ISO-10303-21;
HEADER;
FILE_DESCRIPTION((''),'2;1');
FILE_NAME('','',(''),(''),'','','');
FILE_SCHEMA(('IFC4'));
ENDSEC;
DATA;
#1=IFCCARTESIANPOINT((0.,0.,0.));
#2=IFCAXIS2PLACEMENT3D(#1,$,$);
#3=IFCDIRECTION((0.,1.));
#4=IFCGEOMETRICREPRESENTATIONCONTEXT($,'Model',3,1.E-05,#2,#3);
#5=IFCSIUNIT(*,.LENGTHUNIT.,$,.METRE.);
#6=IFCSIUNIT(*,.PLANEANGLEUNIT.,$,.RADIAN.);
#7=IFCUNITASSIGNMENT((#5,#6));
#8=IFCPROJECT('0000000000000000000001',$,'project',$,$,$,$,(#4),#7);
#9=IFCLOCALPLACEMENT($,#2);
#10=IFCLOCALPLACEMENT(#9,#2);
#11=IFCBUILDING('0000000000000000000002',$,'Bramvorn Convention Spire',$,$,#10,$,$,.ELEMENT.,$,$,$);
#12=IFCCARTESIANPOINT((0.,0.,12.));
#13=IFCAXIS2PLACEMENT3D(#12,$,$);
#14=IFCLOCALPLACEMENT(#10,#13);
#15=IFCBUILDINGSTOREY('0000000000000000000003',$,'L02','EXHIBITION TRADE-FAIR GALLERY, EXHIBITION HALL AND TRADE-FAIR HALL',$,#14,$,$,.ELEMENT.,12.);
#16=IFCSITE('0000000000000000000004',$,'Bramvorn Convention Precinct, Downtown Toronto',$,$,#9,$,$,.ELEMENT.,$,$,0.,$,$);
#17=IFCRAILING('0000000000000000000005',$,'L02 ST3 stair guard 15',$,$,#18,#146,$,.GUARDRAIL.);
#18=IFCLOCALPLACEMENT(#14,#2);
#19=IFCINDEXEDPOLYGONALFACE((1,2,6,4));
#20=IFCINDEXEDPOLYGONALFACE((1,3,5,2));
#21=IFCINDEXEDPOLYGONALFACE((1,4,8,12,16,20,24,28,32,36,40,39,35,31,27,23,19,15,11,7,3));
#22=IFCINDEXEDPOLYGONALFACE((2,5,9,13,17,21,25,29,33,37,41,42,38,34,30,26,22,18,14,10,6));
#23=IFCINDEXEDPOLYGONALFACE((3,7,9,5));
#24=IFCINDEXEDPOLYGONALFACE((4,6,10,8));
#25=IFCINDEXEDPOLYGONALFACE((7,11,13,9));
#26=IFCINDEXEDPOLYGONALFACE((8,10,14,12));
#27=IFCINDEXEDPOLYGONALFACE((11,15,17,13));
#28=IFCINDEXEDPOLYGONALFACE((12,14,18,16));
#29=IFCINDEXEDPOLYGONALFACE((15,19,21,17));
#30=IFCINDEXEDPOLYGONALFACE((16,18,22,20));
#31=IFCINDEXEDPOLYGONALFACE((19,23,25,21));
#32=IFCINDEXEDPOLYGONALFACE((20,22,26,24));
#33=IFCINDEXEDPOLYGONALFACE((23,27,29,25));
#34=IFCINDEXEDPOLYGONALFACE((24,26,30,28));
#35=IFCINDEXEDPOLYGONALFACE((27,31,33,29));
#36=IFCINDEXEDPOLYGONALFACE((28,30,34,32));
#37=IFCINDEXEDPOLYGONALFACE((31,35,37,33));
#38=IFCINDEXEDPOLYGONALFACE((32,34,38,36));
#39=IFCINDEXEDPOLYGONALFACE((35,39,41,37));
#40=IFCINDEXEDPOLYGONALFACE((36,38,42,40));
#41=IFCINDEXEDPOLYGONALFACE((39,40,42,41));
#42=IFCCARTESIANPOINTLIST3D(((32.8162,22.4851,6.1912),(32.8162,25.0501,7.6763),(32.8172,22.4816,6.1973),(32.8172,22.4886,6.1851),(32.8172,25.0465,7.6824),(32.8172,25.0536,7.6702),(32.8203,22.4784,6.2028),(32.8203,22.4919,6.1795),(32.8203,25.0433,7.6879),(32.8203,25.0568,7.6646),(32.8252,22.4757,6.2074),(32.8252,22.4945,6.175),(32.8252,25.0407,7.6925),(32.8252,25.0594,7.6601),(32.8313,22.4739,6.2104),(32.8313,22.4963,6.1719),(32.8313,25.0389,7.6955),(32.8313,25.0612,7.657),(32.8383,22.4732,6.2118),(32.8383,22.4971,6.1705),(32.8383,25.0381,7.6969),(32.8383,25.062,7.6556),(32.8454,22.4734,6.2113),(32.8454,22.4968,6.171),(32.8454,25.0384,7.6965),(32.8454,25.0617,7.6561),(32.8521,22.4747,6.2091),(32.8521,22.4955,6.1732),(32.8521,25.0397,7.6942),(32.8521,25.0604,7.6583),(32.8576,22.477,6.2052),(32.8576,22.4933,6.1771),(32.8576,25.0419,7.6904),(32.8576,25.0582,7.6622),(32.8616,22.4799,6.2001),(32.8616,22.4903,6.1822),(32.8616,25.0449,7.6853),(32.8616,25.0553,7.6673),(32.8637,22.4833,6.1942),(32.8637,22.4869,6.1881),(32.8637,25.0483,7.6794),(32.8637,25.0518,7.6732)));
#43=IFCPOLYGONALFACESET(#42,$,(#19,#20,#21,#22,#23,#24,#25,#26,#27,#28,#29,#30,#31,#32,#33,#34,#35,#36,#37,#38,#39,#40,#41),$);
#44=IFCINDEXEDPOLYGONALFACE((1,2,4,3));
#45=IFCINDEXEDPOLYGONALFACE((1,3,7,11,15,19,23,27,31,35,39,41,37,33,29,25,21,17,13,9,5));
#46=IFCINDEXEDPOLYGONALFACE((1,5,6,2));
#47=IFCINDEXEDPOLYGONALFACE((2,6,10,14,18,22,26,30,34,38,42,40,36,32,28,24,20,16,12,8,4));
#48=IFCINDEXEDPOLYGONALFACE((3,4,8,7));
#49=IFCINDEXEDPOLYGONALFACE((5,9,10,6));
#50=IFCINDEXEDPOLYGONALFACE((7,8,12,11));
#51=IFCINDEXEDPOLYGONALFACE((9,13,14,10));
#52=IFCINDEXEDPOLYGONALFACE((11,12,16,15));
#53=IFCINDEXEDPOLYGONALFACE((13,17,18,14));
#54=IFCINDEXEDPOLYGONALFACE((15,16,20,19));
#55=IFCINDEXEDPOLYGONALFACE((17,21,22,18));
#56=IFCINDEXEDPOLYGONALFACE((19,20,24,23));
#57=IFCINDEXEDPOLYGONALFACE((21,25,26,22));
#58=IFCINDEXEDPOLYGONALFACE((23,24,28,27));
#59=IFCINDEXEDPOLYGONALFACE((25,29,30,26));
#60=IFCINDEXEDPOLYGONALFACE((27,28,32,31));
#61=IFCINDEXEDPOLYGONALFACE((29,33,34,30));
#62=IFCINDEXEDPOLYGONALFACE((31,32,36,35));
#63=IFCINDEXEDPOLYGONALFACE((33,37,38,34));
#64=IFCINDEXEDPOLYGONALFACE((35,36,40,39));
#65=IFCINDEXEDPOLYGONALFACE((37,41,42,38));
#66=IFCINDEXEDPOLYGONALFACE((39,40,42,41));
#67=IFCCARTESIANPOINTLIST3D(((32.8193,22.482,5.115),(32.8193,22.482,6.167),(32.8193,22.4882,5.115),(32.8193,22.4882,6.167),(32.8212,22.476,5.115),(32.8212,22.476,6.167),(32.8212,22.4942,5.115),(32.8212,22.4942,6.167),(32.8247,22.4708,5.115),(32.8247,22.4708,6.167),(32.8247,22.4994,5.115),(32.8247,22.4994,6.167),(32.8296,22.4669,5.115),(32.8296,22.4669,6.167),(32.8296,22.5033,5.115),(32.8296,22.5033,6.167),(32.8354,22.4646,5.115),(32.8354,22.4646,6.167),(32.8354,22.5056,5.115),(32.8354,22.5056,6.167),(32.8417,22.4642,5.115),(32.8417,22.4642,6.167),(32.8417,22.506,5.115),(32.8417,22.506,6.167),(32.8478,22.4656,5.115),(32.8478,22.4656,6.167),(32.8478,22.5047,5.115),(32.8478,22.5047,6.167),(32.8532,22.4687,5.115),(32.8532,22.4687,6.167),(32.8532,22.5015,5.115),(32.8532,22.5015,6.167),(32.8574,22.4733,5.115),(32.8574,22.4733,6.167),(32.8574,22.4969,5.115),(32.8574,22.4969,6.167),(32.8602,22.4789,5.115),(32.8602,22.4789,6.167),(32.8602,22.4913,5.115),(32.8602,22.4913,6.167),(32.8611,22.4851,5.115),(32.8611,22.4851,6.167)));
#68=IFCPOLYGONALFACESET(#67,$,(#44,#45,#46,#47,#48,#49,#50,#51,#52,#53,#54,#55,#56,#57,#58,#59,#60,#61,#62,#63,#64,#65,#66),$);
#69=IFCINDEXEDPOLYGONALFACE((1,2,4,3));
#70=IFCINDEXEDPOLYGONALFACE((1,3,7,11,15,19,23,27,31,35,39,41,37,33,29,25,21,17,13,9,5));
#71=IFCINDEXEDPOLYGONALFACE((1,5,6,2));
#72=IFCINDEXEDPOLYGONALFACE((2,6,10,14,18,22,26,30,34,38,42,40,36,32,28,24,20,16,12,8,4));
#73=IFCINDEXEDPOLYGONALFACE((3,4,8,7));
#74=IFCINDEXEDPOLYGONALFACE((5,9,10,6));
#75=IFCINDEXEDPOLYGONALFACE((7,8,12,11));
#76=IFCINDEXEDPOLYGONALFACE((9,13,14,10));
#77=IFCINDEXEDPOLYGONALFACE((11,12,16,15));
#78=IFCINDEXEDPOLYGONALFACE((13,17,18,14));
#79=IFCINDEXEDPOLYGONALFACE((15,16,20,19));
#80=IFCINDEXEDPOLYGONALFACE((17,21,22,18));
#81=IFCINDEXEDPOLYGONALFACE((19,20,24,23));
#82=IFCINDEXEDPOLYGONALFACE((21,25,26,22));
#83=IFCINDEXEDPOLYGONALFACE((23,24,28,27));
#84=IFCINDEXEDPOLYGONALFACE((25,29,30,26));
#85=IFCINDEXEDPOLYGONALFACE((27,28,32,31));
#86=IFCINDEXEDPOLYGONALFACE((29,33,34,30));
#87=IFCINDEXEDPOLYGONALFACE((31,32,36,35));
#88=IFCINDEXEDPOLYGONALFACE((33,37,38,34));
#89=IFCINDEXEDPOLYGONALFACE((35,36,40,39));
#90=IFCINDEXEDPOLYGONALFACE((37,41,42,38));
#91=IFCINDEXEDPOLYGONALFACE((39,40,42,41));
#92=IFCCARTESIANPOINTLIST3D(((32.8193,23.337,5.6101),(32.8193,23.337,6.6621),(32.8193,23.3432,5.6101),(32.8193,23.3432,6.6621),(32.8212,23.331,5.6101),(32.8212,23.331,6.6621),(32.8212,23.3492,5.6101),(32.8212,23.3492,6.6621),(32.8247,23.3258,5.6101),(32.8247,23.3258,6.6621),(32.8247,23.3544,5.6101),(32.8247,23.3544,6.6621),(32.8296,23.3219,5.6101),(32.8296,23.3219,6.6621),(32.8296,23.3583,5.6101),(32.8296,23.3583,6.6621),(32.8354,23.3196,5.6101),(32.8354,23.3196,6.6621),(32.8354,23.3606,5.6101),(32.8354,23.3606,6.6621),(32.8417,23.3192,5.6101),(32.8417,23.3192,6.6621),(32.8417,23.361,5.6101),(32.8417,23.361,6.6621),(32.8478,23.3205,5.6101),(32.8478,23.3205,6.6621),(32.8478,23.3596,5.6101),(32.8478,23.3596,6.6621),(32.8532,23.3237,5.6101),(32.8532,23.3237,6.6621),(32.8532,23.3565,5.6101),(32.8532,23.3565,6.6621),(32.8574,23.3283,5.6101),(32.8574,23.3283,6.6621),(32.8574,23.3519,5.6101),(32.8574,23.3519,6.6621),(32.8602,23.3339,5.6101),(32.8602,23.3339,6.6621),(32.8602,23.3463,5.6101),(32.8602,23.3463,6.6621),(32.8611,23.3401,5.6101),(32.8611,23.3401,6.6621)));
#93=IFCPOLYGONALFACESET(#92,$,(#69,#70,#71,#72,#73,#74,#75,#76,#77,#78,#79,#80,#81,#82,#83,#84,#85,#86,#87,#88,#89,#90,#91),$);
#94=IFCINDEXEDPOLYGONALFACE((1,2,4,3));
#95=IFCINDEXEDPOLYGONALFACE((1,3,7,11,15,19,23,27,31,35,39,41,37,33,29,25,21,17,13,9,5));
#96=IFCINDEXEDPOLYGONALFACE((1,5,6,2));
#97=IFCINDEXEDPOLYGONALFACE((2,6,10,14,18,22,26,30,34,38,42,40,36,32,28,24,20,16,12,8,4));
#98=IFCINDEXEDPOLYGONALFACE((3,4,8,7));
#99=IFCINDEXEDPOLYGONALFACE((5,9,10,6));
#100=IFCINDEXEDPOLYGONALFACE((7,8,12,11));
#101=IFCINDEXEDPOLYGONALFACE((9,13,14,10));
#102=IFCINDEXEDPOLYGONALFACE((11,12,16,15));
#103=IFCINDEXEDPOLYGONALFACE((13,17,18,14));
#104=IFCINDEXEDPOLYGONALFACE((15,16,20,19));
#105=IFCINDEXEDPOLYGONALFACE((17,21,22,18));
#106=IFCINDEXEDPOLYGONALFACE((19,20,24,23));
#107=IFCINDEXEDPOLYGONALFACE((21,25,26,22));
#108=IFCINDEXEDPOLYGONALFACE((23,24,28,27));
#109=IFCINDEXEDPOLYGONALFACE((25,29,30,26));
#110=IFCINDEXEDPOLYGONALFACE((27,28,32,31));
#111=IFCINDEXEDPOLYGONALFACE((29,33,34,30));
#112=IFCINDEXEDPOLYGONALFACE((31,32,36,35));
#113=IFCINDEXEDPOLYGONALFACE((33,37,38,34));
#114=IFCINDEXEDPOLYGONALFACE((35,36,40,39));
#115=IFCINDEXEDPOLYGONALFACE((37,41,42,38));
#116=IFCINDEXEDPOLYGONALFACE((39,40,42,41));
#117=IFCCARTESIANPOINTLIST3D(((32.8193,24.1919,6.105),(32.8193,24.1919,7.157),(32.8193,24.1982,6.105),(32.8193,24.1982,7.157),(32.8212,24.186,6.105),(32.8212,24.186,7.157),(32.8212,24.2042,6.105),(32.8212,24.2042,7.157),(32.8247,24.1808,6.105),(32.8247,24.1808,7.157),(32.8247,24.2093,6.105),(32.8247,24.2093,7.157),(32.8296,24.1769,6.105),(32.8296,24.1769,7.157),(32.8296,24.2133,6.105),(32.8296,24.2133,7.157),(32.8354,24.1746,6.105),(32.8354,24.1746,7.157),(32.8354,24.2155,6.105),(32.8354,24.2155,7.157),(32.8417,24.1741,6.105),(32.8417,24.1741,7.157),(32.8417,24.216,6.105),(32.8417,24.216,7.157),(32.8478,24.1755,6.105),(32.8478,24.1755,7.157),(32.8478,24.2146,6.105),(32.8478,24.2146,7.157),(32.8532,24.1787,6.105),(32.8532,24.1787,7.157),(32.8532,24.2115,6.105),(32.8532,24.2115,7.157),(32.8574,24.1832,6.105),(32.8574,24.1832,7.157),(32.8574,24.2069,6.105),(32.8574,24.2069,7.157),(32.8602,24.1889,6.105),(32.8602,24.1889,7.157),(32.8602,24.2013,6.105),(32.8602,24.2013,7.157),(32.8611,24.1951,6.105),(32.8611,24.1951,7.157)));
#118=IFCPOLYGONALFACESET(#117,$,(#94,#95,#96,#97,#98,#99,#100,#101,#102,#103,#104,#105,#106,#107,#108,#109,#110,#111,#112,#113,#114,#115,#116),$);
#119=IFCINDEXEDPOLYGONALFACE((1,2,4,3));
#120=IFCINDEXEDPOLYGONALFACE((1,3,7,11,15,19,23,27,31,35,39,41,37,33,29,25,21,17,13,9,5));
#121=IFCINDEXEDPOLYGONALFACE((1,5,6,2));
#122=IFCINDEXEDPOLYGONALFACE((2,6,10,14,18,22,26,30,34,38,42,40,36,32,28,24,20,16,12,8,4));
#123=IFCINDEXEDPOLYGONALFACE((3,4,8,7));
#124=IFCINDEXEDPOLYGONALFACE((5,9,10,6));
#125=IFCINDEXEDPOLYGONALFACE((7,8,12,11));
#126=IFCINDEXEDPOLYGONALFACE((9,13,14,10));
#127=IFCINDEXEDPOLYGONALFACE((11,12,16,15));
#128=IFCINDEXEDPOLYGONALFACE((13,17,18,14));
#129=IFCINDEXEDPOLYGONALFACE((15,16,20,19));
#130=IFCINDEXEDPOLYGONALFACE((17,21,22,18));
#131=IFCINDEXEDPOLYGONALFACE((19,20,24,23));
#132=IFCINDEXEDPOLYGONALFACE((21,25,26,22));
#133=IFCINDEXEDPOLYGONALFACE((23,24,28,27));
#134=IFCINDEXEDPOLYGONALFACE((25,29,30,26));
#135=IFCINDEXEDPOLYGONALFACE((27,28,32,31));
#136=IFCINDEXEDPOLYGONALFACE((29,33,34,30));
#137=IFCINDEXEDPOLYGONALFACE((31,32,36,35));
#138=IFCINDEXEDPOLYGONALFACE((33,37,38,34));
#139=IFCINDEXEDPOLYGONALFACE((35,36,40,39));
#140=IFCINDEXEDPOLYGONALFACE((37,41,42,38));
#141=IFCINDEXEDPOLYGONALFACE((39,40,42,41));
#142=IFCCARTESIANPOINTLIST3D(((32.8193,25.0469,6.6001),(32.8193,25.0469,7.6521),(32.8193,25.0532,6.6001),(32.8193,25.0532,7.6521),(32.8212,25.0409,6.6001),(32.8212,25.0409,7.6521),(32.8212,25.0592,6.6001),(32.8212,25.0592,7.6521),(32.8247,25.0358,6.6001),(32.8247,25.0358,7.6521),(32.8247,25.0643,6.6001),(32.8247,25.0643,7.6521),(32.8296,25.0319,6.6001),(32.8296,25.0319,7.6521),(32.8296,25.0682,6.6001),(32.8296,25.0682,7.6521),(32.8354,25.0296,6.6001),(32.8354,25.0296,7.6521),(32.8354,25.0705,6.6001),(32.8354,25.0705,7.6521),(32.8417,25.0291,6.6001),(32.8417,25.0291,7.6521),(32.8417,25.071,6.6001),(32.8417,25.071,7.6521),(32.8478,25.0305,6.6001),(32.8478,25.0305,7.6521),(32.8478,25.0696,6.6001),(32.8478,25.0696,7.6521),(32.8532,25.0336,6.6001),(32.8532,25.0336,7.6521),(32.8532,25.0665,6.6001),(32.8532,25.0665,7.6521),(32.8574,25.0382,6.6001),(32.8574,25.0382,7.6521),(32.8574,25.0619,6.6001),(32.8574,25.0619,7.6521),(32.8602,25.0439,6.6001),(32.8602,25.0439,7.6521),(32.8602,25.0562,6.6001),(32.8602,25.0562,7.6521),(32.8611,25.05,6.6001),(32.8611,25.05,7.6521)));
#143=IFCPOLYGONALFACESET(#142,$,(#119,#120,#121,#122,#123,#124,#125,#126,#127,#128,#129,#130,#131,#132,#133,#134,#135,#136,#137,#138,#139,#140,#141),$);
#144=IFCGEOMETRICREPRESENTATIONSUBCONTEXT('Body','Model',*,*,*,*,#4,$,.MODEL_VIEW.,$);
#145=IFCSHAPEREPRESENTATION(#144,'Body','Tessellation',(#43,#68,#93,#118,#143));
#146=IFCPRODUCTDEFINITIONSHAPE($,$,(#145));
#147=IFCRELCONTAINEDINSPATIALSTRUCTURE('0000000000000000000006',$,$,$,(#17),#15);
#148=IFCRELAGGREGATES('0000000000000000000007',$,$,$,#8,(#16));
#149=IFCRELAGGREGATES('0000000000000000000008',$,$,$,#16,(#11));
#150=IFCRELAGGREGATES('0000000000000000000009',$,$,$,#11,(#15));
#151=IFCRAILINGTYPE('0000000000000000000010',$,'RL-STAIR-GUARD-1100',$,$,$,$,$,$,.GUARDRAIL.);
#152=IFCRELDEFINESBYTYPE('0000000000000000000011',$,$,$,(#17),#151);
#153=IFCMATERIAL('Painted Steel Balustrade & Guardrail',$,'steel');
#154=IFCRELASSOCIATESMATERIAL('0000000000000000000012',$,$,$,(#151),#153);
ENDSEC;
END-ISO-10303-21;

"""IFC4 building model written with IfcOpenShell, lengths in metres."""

from ifc_helpers import new_model, si_unit, direction, frame, origin, origin_2d, place, context, subcontext, project, spatial, circle, extrude, material, type_object, element, save


model = new_model("IFC4")

# Units and contexts
model_context = context("Model", 3, precision=1e-05, world=origin(), true_north=direction((0.0, 1.0)))
body_context = subcontext(model_context, "Body", "Model", "MODEL_VIEW")
ifc_project = project(units=[si_unit("LENGTHUNIT", "METRE"), si_unit("PLANEANGLEUNIT", "RADIAN")], contexts=[model_context])

# Site, building, storey
site_placement = place(None, origin())
site = spatial("IfcSite", under=ifc_project, at=site_placement, Name="Bramvorn Convention Precinct, Downtown Toronto", CompositionType="ELEMENT", RefElevation=0.0)
building_placement = place(site_placement, origin())
building = spatial("IfcBuilding", under=site, at=building_placement, Name="Bramvorn Convention Spire", CompositionType="ELEMENT")
storey_placement = place(building_placement, frame((0.0, 0.0, 12.0)))
storey = spatial("IfcBuildingStorey", under=building, at=storey_placement, Name="L02", Description="EXHIBITION TRADE-FAIR GALLERY, EXHIBITION HALL AND TRADE-FAIR HALL", CompositionType="ELEMENT", Elevation=12.0)

# Railing
ifc_material_1 = material(Name="Painted Steel Balustrade & Guardrail", Category="steel")
railing_type_1 = type_object("IfcRailingType", Name="RL-STAIR-GUARD-1100", PredefinedType="GUARDRAIL", material=ifc_material_1)
railing_1_placement = place(storey_placement, frame((32.8401, 22.4851, 5.115)))
element("IfcRailing", 1, at=railing_1_placement, inside=storey, type_object=railing_type_1, Name="L02 ST3 stair guard 15", PredefinedType="GUARDRAIL", context=body_context, shape_type="SweptSolid", body=[
    extrude(circle(Radius=0.0239, at=origin_2d()), frame((0.0, 0.0, 1.0762), z_axis=(0.0, 0.865406, 0.501072), x_axis=(-1.0, 0.0, 0.0)), (0.0, 0.0, 1.0), 2.9639),
    extrude(circle(Radius=0.021, at=origin_2d()), origin(), (0.0, 0.0, 1.0), 1.052),
    extrude(circle(Radius=0.021, at=origin_2d()), frame((0.0, 0.855, 0.4951)), (0.0, 0.0, 1.0), 1.052),
    extrude(circle(Radius=0.021, at=origin_2d()), frame((0.0, 1.71, 0.99)), (0.0, 0.0, 1.0), 1.052),
    extrude(circle(Radius=0.021, at=origin_2d()), frame((0.0, 2.5649, 1.4851)), (0.0, 0.0, 1.0), 1.052),
])

save(model, "model.ifc")
